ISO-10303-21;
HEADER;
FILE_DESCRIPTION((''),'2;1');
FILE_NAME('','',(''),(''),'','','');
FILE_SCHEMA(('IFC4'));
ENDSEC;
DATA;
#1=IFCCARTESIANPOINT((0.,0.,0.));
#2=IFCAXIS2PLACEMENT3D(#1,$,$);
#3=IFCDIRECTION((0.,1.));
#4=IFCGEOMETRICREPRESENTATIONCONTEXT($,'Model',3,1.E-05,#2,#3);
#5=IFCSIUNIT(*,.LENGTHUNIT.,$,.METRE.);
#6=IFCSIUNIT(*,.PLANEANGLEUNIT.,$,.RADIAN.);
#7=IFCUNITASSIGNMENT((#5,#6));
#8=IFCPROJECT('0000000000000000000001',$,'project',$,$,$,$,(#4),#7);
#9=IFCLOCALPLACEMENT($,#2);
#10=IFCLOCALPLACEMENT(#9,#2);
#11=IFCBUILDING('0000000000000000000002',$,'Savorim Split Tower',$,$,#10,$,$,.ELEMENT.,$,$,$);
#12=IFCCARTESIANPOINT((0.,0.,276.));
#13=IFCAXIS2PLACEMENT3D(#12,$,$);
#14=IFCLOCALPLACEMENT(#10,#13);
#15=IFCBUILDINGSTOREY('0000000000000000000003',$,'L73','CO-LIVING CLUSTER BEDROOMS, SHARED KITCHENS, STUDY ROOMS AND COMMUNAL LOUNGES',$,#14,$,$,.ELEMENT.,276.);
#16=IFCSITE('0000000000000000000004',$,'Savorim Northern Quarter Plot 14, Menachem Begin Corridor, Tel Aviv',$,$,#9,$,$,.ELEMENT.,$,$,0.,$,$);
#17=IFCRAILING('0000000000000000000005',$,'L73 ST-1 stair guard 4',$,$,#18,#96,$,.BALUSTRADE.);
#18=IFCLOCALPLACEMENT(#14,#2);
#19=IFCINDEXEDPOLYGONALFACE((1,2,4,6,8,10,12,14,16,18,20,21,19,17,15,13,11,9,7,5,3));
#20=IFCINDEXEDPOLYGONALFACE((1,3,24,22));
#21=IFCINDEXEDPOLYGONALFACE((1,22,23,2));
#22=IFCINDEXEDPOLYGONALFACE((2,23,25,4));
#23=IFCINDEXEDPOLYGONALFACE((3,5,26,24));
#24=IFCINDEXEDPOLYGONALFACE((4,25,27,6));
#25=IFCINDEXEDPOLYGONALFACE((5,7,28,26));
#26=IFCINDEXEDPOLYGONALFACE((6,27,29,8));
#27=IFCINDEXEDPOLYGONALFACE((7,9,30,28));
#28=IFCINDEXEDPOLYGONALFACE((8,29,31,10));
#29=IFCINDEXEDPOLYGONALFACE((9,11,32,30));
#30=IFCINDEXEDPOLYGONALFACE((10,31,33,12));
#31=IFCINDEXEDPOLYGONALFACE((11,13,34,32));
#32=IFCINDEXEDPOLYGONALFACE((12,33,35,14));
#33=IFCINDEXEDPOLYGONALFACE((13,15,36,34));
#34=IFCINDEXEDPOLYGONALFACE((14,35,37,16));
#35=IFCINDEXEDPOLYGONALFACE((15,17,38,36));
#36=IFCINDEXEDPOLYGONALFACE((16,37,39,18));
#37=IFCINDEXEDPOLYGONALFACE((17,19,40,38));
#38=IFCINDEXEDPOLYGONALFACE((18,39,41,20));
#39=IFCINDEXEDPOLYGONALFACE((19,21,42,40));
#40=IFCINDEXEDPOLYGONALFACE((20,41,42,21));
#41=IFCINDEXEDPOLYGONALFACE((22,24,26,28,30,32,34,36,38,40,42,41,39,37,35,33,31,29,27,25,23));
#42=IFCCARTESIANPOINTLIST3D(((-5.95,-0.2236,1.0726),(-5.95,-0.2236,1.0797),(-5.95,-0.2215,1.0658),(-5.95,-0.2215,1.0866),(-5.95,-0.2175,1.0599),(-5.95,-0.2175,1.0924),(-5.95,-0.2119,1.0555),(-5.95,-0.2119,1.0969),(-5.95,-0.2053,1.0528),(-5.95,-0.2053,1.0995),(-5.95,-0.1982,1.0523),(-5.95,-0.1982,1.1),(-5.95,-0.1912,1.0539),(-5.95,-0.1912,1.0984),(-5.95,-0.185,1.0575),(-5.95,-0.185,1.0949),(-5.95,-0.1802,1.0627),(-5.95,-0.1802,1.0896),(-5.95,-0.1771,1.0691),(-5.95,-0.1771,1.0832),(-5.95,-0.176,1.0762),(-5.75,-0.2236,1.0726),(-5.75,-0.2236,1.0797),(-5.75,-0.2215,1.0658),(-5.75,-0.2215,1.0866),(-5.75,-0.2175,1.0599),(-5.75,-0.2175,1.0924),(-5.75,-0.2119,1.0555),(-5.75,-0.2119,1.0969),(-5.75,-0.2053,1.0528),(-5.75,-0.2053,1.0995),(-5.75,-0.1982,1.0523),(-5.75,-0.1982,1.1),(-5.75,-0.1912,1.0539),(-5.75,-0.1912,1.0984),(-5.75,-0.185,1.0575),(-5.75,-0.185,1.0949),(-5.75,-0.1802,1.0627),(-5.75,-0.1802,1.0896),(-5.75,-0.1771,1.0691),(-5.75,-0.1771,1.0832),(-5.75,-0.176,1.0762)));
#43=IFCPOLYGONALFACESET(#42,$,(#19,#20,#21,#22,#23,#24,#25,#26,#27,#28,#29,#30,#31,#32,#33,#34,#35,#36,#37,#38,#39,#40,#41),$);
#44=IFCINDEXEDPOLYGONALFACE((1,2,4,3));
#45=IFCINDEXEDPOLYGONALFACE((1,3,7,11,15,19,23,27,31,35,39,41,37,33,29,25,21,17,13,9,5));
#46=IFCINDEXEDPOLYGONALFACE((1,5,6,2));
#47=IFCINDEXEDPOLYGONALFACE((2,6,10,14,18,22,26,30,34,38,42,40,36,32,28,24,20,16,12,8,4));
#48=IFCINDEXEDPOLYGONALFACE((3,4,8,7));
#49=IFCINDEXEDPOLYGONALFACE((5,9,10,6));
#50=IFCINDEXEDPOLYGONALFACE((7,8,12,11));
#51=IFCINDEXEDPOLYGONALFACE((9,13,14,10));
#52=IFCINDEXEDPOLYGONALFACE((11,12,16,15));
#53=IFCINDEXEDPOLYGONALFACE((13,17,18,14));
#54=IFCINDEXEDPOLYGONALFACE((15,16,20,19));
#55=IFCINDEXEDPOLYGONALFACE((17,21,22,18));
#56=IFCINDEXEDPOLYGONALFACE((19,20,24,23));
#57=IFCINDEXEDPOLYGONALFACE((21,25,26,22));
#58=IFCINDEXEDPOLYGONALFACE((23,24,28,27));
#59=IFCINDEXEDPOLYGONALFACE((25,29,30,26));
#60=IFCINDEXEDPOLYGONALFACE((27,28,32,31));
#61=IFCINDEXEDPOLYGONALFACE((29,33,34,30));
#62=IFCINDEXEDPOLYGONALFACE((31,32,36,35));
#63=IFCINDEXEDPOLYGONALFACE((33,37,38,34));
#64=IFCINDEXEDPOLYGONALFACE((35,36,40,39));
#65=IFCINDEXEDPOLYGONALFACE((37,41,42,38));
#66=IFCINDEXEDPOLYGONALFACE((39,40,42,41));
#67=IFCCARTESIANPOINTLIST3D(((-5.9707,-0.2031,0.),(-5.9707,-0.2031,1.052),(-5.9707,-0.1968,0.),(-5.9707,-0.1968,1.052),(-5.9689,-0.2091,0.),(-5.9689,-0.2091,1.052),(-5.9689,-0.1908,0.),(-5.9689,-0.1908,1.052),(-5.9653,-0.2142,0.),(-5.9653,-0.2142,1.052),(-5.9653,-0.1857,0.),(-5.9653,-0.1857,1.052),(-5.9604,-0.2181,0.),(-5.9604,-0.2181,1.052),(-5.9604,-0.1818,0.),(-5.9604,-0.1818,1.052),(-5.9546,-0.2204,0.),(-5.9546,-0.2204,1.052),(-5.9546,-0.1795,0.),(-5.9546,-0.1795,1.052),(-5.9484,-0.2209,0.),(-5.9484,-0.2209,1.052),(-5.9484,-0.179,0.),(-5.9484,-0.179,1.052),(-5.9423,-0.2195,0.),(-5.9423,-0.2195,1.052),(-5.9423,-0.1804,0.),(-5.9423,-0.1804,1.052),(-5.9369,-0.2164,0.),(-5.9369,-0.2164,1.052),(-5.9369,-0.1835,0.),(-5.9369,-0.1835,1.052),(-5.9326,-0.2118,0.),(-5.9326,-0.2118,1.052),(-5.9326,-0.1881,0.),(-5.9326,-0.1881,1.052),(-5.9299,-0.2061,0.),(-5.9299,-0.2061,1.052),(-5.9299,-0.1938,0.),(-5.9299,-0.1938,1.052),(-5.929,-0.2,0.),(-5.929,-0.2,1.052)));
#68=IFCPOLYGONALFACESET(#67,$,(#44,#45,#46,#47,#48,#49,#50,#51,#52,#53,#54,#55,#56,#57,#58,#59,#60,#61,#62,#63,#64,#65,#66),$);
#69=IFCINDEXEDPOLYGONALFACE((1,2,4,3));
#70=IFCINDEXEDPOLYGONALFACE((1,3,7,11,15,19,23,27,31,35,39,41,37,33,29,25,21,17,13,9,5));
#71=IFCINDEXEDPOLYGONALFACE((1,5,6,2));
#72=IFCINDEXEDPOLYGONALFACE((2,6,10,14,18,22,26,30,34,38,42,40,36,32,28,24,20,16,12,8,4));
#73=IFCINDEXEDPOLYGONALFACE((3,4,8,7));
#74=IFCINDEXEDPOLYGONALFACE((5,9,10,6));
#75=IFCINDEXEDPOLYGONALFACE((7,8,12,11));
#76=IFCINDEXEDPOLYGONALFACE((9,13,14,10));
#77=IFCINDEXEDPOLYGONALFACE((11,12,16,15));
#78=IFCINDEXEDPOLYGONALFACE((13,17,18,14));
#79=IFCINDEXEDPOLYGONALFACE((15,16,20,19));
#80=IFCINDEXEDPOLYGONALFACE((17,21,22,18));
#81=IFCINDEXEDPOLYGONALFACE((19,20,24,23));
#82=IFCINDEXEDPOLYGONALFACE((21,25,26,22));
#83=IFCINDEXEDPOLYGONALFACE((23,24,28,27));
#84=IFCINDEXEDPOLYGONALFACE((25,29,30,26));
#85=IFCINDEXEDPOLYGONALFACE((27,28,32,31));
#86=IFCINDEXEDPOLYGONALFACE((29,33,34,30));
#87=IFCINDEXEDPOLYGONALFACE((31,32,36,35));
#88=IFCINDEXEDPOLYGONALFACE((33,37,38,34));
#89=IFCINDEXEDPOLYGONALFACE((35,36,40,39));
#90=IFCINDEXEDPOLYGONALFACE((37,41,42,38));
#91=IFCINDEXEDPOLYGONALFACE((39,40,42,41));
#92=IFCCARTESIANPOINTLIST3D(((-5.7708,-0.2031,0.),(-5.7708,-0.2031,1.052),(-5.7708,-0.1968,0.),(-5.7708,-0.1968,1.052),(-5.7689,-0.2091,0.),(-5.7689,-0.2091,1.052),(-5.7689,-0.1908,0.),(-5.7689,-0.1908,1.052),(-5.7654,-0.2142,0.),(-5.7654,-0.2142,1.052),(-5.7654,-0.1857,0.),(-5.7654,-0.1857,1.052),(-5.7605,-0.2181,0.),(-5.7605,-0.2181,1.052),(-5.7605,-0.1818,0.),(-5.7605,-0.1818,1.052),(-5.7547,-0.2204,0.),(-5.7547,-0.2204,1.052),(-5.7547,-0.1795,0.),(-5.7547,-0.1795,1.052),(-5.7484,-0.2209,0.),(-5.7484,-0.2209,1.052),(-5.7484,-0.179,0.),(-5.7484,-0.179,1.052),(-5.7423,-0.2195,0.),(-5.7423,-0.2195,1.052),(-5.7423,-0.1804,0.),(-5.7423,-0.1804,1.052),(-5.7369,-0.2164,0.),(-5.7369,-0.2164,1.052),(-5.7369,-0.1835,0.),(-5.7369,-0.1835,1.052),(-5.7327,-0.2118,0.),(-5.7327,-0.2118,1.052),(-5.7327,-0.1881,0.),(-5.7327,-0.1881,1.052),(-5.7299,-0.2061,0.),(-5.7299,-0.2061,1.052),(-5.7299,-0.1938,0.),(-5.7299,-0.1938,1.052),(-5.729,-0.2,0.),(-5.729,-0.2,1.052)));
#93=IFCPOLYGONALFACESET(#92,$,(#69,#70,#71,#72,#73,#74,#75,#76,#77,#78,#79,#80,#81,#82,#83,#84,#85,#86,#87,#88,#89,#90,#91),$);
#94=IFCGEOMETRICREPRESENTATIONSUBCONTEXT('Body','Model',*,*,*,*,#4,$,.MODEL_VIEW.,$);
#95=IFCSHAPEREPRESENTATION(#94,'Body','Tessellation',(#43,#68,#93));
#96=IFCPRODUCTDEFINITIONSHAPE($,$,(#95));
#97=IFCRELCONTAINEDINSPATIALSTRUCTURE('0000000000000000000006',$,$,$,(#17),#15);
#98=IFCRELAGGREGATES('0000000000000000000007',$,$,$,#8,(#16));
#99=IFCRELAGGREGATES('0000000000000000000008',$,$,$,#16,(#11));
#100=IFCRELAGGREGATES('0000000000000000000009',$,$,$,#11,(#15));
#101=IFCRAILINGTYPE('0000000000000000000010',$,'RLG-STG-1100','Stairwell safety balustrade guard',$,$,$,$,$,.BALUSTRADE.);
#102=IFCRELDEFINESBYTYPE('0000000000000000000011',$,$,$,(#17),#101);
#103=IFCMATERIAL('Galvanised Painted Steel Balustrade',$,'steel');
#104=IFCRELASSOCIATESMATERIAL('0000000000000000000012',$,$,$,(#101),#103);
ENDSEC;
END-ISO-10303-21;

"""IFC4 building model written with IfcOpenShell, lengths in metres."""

from ifc_helpers import new_model, si_unit, direction, frame, origin, origin_2d, place, context, subcontext, project, spatial, circle, extrude, material, type_object, element, save


model = new_model("IFC4")

# Units and contexts
model_context = context("Model", 3, precision=1e-05, world=origin(), true_north=direction((0.0, 1.0)))
body_context = subcontext(model_context, "Body", "Model", "MODEL_VIEW")
ifc_project = project(units=[si_unit("LENGTHUNIT", "METRE"), si_unit("PLANEANGLEUNIT", "RADIAN")], contexts=[model_context])

# Site, building, storey
site_placement = place(None, origin())
site = spatial("IfcSite", under=ifc_project, at=site_placement, Name="Savorim Northern Quarter Plot 14, Menachem Begin Corridor, Tel Aviv", CompositionType="ELEMENT", RefElevation=0.0)
building_placement = place(site_placement, origin())
building = spatial("IfcBuilding", under=site, at=building_placement, Name="Savorim Split Tower", CompositionType="ELEMENT")
storey_placement = place(building_placement, frame((0.0, 0.0, 276.0)))
storey = spatial("IfcBuildingStorey", under=building, at=storey_placement, Name="L73", Description="CO-LIVING CLUSTER BEDROOMS, SHARED KITCHENS, STUDY ROOMS AND COMMUNAL LOUNGES", CompositionType="ELEMENT", Elevation=276.0)

# Railing
ifc_material_1 = material(Name="Galvanised Painted Steel Balustrade", Category="steel")
railing_type_1 = type_object("IfcRailingType", Name="RLG-STG-1100", Description="Stairwell safety balustrade guard", PredefinedType="BALUSTRADE", material=ifc_material_1)
railing_1_placement = place(storey_placement, frame((-5.95, -0.2, 0.0)))
element("IfcRailing", 1, at=railing_1_placement, inside=storey, type_object=railing_type_1, Name="L73 ST-1 stair guard 4", PredefinedType="BALUSTRADE", context=body_context, shape_type="SweptSolid", body=[
    extrude(circle(Radius=0.0239, at=origin_2d()), frame((0.0, 0.0, 1.0762), z_axis=(1.0, 0.0, 0.0), x_axis=(0.0, 1.0, 0.0)), (0.0, 0.0, 1.0), 0.2),
    extrude(circle(Radius=0.021, at=origin_2d()), origin(), (0.0, 0.0, 1.0), 1.052),
    extrude(circle(Radius=0.021, at=origin_2d()), frame((0.2, 0.0, 0.0)), (0.0, 0.0, 1.0), 1.052),
])

save(model, "model.ifc")
